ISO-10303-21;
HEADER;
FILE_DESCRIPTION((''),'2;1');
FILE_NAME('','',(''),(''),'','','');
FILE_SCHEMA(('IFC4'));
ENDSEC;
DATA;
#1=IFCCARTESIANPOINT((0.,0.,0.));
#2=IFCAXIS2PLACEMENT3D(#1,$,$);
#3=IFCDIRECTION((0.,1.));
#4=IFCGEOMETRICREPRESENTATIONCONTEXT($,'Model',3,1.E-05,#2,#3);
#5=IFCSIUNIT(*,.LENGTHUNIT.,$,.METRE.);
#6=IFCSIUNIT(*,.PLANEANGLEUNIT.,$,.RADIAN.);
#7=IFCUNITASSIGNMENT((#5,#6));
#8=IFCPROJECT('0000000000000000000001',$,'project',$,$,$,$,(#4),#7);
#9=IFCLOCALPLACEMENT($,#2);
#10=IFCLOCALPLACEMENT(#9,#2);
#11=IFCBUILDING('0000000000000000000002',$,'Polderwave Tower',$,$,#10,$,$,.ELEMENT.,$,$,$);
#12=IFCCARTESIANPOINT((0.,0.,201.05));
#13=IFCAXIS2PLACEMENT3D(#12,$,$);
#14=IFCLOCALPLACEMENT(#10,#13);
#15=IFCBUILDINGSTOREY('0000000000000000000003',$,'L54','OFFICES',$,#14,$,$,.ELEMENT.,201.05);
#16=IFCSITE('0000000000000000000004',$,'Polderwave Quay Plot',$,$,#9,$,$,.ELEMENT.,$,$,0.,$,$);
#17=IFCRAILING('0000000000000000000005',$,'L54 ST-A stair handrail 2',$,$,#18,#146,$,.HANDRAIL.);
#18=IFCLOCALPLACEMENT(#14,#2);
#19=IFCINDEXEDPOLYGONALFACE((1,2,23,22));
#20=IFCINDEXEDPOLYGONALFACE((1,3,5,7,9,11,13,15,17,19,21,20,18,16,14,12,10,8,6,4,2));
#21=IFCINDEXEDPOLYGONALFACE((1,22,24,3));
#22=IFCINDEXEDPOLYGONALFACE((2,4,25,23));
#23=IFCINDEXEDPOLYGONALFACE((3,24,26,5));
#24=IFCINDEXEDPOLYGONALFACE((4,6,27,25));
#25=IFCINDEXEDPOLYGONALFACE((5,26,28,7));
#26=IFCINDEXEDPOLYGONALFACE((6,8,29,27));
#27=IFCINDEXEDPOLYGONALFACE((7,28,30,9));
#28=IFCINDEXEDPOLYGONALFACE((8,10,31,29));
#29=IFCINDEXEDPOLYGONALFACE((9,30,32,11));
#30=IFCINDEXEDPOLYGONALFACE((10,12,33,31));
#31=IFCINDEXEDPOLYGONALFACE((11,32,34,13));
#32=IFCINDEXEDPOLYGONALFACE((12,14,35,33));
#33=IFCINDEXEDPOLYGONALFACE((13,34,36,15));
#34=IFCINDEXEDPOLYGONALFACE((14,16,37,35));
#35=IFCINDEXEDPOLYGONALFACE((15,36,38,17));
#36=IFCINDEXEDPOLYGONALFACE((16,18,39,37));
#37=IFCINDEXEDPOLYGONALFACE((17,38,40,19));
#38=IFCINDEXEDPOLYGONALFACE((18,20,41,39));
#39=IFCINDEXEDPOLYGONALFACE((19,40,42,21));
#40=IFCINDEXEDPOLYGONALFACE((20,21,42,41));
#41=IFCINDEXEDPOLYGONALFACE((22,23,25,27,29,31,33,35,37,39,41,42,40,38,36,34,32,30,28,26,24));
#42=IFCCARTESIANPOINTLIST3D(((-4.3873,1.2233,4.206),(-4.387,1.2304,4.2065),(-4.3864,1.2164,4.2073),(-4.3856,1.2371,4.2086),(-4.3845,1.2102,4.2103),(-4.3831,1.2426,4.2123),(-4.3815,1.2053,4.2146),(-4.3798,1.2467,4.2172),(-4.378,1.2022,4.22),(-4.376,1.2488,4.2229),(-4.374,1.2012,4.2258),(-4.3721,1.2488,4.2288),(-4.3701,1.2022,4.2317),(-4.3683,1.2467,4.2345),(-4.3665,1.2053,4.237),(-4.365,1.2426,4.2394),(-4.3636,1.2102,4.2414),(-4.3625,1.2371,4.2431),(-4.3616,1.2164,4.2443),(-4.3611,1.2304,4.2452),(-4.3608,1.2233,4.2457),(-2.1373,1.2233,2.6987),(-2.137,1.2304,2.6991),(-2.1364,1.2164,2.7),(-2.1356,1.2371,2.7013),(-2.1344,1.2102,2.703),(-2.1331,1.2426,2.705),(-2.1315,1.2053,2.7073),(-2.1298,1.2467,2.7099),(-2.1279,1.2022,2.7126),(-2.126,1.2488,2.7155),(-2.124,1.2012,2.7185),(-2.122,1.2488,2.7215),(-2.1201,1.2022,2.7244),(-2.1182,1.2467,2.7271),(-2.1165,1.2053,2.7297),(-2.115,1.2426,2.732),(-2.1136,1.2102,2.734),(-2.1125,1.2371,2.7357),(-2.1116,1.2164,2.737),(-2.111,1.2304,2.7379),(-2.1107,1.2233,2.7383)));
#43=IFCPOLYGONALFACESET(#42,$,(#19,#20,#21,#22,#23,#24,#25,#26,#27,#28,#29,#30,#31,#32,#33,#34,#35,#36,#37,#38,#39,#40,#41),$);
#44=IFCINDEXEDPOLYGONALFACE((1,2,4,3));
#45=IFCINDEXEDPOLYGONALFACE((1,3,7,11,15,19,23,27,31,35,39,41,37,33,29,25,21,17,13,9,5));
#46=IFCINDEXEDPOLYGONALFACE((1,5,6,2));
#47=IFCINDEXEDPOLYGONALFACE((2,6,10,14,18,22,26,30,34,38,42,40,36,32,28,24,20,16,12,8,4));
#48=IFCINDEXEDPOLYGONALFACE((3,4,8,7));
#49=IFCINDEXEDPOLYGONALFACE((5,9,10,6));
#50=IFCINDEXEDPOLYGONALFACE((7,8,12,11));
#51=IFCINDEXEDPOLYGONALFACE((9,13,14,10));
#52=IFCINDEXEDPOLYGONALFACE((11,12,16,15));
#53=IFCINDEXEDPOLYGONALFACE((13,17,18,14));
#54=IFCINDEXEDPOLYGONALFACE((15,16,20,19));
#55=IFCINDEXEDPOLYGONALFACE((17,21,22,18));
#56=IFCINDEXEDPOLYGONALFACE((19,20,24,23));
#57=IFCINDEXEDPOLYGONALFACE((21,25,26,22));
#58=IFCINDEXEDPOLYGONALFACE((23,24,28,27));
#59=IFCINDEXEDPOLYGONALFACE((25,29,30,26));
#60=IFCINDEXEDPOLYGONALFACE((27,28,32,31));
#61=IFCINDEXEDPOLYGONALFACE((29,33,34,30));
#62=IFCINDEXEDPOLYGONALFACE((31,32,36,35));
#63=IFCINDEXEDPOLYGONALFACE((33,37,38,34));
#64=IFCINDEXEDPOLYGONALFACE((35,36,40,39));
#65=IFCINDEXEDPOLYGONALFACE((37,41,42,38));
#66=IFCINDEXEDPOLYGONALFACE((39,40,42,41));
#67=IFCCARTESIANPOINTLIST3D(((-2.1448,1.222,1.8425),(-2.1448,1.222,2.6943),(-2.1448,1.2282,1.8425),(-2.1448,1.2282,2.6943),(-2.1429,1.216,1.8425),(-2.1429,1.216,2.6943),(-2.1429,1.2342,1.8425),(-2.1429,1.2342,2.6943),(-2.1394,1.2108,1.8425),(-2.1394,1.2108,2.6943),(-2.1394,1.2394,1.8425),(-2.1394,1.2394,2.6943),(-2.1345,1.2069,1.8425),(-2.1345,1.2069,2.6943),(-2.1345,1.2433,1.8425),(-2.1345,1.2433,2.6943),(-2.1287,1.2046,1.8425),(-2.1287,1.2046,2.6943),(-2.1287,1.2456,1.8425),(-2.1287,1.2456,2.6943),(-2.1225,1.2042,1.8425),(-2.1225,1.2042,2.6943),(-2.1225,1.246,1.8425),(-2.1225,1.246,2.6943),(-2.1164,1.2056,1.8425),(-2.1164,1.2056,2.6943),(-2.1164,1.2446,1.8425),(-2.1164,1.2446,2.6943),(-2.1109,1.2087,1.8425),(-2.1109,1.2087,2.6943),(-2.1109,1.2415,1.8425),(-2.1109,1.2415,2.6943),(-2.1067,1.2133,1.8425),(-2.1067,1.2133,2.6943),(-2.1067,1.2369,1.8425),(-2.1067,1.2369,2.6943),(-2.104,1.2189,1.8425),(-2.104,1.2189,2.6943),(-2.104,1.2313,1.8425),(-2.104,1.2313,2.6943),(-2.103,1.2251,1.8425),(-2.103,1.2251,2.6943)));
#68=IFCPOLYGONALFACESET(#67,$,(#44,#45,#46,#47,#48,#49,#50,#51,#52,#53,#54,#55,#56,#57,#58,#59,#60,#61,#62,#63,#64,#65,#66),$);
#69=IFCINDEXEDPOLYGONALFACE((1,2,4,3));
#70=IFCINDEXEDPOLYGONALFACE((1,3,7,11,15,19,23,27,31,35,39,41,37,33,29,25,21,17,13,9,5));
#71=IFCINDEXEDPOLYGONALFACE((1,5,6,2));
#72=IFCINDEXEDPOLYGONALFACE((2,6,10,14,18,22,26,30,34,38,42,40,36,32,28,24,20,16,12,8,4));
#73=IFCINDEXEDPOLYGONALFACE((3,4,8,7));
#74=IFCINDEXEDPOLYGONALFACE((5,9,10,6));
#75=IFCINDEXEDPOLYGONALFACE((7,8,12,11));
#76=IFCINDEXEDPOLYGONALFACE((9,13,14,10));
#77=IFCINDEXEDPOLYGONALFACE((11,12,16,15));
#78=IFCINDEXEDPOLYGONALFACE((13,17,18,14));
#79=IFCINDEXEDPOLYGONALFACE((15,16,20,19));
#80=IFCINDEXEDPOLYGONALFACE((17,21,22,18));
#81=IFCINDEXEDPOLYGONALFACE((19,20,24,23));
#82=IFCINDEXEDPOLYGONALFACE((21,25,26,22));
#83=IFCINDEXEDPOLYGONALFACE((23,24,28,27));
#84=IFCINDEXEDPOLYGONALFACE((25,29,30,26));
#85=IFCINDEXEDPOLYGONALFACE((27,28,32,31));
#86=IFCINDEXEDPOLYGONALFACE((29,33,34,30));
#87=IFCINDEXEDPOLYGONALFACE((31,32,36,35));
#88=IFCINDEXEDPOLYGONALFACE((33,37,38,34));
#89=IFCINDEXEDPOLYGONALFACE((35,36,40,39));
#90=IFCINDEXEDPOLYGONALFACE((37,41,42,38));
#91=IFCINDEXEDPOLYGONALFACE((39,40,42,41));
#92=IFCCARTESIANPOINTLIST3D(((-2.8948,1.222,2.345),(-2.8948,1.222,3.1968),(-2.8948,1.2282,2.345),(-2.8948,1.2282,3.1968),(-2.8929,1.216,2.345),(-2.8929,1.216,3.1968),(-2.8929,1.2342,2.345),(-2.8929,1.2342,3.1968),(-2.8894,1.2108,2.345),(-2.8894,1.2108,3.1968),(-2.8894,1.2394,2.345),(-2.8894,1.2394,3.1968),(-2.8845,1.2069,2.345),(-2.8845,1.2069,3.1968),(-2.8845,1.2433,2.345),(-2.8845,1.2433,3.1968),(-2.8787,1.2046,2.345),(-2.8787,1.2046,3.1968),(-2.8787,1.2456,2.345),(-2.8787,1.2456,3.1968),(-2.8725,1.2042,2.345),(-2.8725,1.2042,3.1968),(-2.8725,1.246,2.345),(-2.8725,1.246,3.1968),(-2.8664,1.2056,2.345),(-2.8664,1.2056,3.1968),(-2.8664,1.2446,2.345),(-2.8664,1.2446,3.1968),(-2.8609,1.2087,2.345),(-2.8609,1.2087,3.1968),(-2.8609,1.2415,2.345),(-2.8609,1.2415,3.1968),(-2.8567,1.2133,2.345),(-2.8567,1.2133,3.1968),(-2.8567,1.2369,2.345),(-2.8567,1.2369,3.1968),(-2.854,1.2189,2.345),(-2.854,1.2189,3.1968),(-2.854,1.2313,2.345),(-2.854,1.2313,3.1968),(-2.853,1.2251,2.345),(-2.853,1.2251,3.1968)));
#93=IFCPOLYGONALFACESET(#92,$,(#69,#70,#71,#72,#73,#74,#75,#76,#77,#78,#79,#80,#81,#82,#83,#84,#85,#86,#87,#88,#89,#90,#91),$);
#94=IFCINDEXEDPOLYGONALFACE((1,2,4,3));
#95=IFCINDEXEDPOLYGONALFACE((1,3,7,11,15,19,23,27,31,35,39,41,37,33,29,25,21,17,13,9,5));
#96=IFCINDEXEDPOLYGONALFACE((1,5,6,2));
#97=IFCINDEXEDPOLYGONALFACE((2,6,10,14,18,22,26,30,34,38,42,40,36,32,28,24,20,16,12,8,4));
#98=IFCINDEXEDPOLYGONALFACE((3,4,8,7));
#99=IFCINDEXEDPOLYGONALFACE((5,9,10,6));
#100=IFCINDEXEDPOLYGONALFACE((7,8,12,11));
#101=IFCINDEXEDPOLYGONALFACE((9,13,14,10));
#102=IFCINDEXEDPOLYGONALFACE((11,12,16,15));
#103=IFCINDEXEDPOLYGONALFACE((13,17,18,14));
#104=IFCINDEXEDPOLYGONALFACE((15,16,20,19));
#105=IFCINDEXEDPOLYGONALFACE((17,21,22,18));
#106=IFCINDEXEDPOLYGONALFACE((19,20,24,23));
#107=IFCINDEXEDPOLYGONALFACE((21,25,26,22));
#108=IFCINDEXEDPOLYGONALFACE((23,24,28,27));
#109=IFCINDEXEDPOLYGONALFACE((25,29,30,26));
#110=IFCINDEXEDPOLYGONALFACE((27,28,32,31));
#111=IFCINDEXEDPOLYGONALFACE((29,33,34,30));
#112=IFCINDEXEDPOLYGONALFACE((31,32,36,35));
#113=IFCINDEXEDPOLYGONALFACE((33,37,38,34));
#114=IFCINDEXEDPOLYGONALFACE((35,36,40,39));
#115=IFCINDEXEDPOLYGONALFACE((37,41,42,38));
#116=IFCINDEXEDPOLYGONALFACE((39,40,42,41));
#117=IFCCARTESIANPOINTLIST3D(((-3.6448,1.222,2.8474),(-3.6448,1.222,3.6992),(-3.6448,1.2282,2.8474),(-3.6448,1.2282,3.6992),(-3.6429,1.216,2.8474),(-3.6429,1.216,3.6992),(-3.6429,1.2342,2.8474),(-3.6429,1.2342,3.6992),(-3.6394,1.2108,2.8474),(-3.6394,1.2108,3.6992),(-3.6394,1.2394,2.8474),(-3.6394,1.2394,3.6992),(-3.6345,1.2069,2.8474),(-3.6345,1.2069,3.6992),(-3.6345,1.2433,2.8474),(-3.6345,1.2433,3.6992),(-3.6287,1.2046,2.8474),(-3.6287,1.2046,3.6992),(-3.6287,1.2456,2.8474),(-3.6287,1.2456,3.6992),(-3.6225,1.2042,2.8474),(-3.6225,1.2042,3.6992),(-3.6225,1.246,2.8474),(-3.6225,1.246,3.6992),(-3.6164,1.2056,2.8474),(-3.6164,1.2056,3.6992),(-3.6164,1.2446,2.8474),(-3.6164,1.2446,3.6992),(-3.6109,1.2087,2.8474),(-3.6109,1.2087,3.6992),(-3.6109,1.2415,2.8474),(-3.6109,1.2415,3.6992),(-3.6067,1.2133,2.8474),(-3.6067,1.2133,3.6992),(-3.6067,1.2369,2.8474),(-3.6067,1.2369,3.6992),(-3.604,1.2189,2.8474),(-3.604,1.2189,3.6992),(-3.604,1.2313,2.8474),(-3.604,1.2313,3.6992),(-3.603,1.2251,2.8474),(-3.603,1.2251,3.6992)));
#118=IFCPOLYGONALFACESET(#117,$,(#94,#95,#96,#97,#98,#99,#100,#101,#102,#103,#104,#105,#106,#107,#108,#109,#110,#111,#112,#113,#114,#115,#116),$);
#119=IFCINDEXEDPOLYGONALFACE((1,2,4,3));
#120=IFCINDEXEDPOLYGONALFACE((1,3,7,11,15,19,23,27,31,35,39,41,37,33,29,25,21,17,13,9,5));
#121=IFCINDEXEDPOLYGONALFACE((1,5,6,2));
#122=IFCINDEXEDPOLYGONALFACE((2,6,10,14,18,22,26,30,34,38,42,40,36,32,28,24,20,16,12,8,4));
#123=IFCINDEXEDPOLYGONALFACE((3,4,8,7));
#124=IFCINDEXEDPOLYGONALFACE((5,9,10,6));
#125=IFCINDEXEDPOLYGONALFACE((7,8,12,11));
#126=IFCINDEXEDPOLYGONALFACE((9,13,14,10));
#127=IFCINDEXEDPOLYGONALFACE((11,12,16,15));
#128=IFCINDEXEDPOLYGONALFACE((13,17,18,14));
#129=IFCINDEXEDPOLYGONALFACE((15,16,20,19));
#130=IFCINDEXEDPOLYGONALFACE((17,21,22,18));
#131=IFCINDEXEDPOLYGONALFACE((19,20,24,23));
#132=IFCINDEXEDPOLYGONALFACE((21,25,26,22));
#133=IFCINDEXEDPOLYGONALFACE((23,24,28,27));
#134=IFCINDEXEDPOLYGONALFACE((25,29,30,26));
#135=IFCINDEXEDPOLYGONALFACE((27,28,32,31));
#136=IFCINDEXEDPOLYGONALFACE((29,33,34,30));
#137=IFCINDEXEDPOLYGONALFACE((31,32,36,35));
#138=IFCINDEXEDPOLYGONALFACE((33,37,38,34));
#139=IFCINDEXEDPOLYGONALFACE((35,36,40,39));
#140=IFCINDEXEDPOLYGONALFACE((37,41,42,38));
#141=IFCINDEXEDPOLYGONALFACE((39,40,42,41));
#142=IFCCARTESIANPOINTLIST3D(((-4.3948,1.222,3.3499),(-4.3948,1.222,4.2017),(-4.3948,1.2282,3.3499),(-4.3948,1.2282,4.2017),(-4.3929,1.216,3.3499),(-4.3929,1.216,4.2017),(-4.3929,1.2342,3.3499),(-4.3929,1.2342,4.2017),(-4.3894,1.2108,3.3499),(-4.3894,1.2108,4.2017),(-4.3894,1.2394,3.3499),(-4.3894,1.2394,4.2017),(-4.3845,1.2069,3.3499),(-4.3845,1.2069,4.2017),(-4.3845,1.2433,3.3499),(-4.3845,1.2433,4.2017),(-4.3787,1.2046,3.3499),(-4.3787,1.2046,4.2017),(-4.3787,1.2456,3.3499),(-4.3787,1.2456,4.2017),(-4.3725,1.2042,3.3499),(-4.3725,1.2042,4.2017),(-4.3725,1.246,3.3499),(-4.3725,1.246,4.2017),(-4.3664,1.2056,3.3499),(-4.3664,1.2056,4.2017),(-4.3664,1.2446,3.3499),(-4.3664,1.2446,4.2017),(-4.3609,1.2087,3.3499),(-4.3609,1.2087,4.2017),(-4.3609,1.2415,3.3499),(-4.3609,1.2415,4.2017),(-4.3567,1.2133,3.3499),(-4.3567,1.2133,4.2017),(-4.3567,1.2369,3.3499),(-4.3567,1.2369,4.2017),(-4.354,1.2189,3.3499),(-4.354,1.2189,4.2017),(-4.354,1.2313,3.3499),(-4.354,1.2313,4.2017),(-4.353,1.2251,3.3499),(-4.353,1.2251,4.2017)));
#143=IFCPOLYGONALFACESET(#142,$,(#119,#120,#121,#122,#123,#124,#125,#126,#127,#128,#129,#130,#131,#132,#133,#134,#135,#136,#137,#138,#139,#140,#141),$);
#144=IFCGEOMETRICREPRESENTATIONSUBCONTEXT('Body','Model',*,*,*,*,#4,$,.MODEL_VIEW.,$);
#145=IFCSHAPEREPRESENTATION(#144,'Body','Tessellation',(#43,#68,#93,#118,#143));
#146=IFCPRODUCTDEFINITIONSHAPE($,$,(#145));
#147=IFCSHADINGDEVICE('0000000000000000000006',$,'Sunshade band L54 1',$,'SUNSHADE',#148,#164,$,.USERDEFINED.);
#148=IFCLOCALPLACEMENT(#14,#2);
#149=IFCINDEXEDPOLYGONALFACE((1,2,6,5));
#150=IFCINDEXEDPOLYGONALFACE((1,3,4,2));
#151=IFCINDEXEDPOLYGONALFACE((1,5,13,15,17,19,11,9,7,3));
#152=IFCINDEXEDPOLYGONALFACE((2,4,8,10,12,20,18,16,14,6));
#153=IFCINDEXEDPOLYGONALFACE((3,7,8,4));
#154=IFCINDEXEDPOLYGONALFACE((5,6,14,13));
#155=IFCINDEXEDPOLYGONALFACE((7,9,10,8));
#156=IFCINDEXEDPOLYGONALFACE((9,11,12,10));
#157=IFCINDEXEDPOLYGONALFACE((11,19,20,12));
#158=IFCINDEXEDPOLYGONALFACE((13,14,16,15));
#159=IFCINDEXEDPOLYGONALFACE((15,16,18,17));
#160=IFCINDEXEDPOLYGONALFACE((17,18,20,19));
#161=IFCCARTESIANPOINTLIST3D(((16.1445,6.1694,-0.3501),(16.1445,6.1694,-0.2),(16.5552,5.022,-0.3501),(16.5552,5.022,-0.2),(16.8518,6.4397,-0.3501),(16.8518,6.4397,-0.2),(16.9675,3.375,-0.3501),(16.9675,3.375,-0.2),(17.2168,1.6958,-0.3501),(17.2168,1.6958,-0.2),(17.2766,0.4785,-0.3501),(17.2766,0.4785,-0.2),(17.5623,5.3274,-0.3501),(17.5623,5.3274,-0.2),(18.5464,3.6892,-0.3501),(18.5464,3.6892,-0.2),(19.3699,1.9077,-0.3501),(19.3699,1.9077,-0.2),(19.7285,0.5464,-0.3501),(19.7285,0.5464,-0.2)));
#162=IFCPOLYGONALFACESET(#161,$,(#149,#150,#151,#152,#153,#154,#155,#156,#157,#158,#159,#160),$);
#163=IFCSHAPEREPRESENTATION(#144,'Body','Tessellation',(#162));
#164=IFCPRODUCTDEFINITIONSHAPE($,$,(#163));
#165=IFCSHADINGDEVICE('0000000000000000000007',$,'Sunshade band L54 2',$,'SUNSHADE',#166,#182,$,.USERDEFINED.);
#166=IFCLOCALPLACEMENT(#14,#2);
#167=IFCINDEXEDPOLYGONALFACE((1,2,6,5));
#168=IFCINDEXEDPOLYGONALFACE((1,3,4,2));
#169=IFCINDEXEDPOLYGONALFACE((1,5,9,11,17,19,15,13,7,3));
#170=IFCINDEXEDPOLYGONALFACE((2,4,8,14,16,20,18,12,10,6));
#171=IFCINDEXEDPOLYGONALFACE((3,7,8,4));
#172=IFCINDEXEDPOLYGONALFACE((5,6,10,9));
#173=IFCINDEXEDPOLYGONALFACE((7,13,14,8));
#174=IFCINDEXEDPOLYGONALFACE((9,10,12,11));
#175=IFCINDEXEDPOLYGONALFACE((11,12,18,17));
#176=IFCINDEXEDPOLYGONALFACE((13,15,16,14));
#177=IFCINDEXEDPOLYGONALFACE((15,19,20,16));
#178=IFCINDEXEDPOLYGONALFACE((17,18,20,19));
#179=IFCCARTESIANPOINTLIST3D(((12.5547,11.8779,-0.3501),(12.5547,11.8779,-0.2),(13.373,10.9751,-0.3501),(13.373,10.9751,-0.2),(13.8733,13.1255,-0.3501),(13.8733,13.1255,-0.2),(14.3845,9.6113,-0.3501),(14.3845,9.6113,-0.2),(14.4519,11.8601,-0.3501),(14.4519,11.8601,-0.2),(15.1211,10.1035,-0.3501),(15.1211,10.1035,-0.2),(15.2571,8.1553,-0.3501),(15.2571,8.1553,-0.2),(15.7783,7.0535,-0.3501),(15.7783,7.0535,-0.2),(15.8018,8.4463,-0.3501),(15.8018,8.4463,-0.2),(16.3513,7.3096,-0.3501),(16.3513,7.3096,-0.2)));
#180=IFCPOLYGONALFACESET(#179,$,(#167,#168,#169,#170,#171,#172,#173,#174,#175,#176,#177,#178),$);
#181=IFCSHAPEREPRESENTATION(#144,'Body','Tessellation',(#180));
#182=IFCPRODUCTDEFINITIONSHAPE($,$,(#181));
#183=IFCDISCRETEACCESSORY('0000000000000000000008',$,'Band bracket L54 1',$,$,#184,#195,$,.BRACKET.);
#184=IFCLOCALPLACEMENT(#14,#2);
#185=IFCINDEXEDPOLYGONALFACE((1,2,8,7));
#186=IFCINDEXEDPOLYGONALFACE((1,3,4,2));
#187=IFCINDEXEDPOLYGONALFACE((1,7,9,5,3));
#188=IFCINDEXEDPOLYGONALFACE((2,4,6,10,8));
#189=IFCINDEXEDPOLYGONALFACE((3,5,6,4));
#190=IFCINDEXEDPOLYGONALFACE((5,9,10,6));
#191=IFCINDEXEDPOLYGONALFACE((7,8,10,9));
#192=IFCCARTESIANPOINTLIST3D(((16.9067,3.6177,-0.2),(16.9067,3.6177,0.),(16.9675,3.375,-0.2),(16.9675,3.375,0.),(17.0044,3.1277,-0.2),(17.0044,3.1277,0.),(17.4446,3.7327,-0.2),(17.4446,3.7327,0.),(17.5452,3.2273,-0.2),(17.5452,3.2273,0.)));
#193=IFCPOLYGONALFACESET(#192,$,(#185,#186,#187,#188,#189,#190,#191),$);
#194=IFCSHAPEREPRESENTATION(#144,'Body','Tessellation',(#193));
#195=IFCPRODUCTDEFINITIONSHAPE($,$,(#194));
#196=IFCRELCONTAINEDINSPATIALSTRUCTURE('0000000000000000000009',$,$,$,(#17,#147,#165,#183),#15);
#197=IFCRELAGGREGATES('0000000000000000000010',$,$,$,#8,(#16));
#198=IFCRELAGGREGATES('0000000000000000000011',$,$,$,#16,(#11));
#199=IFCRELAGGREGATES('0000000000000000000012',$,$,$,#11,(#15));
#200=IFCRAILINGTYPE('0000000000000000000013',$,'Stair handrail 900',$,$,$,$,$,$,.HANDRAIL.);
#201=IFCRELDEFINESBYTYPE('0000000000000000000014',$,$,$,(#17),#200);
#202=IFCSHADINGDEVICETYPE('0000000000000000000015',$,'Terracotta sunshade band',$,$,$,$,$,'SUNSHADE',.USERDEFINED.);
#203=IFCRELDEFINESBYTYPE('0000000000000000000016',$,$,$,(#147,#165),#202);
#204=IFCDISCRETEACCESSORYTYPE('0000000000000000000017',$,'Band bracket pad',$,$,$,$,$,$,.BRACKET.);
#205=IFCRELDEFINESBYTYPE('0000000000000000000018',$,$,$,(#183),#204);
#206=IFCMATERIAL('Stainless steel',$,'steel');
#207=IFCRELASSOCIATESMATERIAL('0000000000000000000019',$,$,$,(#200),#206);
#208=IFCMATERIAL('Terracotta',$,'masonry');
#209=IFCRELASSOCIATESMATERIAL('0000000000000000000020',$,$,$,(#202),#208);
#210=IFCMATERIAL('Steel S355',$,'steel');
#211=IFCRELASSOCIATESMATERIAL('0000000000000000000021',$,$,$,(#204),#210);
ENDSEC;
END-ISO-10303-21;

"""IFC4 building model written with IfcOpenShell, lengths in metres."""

from ifc_helpers import new_model, si_unit, direction, frame, origin, origin_2d, place, context, subcontext, project, spatial, polyline, circle, outline, extrude, material, type_object, element, save


model = new_model("IFC4")

# Units and contexts
model_context = context("Model", 3, precision=1e-05, world=origin(), true_north=direction((0.0, 1.0)))
body_context = subcontext(model_context, "Body", "Model", "MODEL_VIEW")
ifc_project = project(units=[si_unit("LENGTHUNIT", "METRE"), si_unit("PLANEANGLEUNIT", "RADIAN")], contexts=[model_context])

# Site, building, storey
site_placement = place(None, origin())
site = spatial("IfcSite", under=ifc_project, at=site_placement, Name="Polderwave Quay Plot", CompositionType="ELEMENT", RefElevation=0.0)
building_placement = place(site_placement, origin())
building = spatial("IfcBuilding", under=site, at=building_placement, Name="Polderwave Tower", CompositionType="ELEMENT")
storey_placement = place(building_placement, frame((0.0, 0.0, 201.05)))
storey = spatial("IfcBuildingStorey", under=building, at=storey_placement, Name="L54", Description="OFFICES", CompositionType="ELEMENT", Elevation=201.05)

# Shared definitions
ifc_material_1 = material(Name="Stainless steel", Category="steel")

# Railing
railing_type_1 = type_object("IfcRailingType", Name="Stair handrail 900", PredefinedType="HANDRAIL", material=ifc_material_1)
railing_1_placement = place(storey_placement, frame((-2.124, 1.2251, 1.8425)))
element("IfcRailing", 1, at=railing_1_placement, inside=storey, type_object=railing_type_1, Name="L54 ST-A stair handrail 2", PredefinedType="HANDRAIL", context=body_context, shape_type="SweptSolid", body=[
    extrude(circle(Radius=0.0239, at=origin_2d()), frame((0.0, 0.0, 0.876), z_axis=(-0.8308, 0.0, 0.556571), x_axis=(0.0, -1.0, 0.0)), (0.0, 0.0, 1.0), 2.7083),
    extrude(circle(Radius=0.021, at=origin_2d()), origin(), (0.0, 0.0, 1.0), 0.8518),
    extrude(circle(Radius=0.021, at=origin_2d()), frame((-0.75, 0.0, 0.5024)), (0.0, 0.0, 1.0), 0.8518),
    extrude(circle(Radius=0.021, at=origin_2d()), frame((-1.5, 0.0, 1.0049)), (0.0, 0.0, 1.0), 0.8518),
    extrude(circle(Radius=0.021, at=origin_2d()), frame((-2.25, 0.0, 1.5073)), (0.0, 0.0, 1.0), 0.8518),
])

# Shading devices
ifc_material_2 = material(Name="Terracotta", Category="masonry")
shading_device_type = type_object("IfcShadingDeviceType", Name="Terracotta sunshade band", ElementType="SUNSHADE", PredefinedType="USERDEFINED", material=ifc_material_2)
shading_device_1_placement = place(storey_placement, frame((0.0, 0.0, -0.3501)))
element("IfcShadingDevice", 2, at=shading_device_1_placement, inside=storey, type_object=shading_device_type, Name="Sunshade band L54 1", ObjectType="SUNSHADE", PredefinedType="USERDEFINED", context=body_context, shape_type="SweptSolid", body=[
    extrude(outline(polyline([(17.2766, 0.4785), (17.2168, 1.6958), (16.9675, 3.375), (16.5552, 5.022), (16.1445, 6.1694), (16.8518, 6.4397), (17.5623, 5.3274), (18.5464, 3.6892), (19.3699, 1.9077), (19.7285, 0.5464), (17.2766, 0.4785)])), origin(), (0.0, 0.0, 1.0), 0.1501),
])
shading_device_2_placement = place(storey_placement, frame((0.0, 0.0, -0.3501)))
element("IfcShadingDevice", 3, at=shading_device_2_placement, inside=storey, type_object=shading_device_type, Name="Sunshade band L54 2", ObjectType="SUNSHADE", PredefinedType="USERDEFINED", context=body_context, shape_type="SweptSolid", body=[
    extrude(outline(polyline([(15.7783, 7.0535), (15.2571, 8.1553), (14.3845, 9.6113), (13.373, 10.9751), (12.5547, 11.8779), (13.8733, 13.1255), (14.4519, 11.8601), (15.1211, 10.1035), (15.8018, 8.4463), (16.3513, 7.3096), (15.7783, 7.0535)])), origin(), (0.0, 0.0, 1.0), 0.1501),
])

# Discrete accessory
ifc_material_3 = material(Name="Steel S355", Category="steel")
discrete_accessory_type = type_object("IfcDiscreteAccessoryType", Name="Band bracket pad", PredefinedType="BRACKET", material=ifc_material_3)
discrete_accessory_placement = place(storey_placement, frame((0.0, 0.0, -0.2)))
element("IfcDiscreteAccessory", 4, at=discrete_accessory_placement, inside=storey, type_object=discrete_accessory_type, Name="Band bracket L54 1", PredefinedType="BRACKET", context=body_context, shape_type="SweptSolid", body=[
    extrude(outline(polyline([(17.0044, 3.1277), (16.9675, 3.375), (16.9067, 3.6177), (17.4446, 3.7327), (17.5452, 3.2273), (17.0044, 3.1277)])), origin(), (0.0, 0.0, 1.0), 0.2),
])

save(model, "model.ifc")
